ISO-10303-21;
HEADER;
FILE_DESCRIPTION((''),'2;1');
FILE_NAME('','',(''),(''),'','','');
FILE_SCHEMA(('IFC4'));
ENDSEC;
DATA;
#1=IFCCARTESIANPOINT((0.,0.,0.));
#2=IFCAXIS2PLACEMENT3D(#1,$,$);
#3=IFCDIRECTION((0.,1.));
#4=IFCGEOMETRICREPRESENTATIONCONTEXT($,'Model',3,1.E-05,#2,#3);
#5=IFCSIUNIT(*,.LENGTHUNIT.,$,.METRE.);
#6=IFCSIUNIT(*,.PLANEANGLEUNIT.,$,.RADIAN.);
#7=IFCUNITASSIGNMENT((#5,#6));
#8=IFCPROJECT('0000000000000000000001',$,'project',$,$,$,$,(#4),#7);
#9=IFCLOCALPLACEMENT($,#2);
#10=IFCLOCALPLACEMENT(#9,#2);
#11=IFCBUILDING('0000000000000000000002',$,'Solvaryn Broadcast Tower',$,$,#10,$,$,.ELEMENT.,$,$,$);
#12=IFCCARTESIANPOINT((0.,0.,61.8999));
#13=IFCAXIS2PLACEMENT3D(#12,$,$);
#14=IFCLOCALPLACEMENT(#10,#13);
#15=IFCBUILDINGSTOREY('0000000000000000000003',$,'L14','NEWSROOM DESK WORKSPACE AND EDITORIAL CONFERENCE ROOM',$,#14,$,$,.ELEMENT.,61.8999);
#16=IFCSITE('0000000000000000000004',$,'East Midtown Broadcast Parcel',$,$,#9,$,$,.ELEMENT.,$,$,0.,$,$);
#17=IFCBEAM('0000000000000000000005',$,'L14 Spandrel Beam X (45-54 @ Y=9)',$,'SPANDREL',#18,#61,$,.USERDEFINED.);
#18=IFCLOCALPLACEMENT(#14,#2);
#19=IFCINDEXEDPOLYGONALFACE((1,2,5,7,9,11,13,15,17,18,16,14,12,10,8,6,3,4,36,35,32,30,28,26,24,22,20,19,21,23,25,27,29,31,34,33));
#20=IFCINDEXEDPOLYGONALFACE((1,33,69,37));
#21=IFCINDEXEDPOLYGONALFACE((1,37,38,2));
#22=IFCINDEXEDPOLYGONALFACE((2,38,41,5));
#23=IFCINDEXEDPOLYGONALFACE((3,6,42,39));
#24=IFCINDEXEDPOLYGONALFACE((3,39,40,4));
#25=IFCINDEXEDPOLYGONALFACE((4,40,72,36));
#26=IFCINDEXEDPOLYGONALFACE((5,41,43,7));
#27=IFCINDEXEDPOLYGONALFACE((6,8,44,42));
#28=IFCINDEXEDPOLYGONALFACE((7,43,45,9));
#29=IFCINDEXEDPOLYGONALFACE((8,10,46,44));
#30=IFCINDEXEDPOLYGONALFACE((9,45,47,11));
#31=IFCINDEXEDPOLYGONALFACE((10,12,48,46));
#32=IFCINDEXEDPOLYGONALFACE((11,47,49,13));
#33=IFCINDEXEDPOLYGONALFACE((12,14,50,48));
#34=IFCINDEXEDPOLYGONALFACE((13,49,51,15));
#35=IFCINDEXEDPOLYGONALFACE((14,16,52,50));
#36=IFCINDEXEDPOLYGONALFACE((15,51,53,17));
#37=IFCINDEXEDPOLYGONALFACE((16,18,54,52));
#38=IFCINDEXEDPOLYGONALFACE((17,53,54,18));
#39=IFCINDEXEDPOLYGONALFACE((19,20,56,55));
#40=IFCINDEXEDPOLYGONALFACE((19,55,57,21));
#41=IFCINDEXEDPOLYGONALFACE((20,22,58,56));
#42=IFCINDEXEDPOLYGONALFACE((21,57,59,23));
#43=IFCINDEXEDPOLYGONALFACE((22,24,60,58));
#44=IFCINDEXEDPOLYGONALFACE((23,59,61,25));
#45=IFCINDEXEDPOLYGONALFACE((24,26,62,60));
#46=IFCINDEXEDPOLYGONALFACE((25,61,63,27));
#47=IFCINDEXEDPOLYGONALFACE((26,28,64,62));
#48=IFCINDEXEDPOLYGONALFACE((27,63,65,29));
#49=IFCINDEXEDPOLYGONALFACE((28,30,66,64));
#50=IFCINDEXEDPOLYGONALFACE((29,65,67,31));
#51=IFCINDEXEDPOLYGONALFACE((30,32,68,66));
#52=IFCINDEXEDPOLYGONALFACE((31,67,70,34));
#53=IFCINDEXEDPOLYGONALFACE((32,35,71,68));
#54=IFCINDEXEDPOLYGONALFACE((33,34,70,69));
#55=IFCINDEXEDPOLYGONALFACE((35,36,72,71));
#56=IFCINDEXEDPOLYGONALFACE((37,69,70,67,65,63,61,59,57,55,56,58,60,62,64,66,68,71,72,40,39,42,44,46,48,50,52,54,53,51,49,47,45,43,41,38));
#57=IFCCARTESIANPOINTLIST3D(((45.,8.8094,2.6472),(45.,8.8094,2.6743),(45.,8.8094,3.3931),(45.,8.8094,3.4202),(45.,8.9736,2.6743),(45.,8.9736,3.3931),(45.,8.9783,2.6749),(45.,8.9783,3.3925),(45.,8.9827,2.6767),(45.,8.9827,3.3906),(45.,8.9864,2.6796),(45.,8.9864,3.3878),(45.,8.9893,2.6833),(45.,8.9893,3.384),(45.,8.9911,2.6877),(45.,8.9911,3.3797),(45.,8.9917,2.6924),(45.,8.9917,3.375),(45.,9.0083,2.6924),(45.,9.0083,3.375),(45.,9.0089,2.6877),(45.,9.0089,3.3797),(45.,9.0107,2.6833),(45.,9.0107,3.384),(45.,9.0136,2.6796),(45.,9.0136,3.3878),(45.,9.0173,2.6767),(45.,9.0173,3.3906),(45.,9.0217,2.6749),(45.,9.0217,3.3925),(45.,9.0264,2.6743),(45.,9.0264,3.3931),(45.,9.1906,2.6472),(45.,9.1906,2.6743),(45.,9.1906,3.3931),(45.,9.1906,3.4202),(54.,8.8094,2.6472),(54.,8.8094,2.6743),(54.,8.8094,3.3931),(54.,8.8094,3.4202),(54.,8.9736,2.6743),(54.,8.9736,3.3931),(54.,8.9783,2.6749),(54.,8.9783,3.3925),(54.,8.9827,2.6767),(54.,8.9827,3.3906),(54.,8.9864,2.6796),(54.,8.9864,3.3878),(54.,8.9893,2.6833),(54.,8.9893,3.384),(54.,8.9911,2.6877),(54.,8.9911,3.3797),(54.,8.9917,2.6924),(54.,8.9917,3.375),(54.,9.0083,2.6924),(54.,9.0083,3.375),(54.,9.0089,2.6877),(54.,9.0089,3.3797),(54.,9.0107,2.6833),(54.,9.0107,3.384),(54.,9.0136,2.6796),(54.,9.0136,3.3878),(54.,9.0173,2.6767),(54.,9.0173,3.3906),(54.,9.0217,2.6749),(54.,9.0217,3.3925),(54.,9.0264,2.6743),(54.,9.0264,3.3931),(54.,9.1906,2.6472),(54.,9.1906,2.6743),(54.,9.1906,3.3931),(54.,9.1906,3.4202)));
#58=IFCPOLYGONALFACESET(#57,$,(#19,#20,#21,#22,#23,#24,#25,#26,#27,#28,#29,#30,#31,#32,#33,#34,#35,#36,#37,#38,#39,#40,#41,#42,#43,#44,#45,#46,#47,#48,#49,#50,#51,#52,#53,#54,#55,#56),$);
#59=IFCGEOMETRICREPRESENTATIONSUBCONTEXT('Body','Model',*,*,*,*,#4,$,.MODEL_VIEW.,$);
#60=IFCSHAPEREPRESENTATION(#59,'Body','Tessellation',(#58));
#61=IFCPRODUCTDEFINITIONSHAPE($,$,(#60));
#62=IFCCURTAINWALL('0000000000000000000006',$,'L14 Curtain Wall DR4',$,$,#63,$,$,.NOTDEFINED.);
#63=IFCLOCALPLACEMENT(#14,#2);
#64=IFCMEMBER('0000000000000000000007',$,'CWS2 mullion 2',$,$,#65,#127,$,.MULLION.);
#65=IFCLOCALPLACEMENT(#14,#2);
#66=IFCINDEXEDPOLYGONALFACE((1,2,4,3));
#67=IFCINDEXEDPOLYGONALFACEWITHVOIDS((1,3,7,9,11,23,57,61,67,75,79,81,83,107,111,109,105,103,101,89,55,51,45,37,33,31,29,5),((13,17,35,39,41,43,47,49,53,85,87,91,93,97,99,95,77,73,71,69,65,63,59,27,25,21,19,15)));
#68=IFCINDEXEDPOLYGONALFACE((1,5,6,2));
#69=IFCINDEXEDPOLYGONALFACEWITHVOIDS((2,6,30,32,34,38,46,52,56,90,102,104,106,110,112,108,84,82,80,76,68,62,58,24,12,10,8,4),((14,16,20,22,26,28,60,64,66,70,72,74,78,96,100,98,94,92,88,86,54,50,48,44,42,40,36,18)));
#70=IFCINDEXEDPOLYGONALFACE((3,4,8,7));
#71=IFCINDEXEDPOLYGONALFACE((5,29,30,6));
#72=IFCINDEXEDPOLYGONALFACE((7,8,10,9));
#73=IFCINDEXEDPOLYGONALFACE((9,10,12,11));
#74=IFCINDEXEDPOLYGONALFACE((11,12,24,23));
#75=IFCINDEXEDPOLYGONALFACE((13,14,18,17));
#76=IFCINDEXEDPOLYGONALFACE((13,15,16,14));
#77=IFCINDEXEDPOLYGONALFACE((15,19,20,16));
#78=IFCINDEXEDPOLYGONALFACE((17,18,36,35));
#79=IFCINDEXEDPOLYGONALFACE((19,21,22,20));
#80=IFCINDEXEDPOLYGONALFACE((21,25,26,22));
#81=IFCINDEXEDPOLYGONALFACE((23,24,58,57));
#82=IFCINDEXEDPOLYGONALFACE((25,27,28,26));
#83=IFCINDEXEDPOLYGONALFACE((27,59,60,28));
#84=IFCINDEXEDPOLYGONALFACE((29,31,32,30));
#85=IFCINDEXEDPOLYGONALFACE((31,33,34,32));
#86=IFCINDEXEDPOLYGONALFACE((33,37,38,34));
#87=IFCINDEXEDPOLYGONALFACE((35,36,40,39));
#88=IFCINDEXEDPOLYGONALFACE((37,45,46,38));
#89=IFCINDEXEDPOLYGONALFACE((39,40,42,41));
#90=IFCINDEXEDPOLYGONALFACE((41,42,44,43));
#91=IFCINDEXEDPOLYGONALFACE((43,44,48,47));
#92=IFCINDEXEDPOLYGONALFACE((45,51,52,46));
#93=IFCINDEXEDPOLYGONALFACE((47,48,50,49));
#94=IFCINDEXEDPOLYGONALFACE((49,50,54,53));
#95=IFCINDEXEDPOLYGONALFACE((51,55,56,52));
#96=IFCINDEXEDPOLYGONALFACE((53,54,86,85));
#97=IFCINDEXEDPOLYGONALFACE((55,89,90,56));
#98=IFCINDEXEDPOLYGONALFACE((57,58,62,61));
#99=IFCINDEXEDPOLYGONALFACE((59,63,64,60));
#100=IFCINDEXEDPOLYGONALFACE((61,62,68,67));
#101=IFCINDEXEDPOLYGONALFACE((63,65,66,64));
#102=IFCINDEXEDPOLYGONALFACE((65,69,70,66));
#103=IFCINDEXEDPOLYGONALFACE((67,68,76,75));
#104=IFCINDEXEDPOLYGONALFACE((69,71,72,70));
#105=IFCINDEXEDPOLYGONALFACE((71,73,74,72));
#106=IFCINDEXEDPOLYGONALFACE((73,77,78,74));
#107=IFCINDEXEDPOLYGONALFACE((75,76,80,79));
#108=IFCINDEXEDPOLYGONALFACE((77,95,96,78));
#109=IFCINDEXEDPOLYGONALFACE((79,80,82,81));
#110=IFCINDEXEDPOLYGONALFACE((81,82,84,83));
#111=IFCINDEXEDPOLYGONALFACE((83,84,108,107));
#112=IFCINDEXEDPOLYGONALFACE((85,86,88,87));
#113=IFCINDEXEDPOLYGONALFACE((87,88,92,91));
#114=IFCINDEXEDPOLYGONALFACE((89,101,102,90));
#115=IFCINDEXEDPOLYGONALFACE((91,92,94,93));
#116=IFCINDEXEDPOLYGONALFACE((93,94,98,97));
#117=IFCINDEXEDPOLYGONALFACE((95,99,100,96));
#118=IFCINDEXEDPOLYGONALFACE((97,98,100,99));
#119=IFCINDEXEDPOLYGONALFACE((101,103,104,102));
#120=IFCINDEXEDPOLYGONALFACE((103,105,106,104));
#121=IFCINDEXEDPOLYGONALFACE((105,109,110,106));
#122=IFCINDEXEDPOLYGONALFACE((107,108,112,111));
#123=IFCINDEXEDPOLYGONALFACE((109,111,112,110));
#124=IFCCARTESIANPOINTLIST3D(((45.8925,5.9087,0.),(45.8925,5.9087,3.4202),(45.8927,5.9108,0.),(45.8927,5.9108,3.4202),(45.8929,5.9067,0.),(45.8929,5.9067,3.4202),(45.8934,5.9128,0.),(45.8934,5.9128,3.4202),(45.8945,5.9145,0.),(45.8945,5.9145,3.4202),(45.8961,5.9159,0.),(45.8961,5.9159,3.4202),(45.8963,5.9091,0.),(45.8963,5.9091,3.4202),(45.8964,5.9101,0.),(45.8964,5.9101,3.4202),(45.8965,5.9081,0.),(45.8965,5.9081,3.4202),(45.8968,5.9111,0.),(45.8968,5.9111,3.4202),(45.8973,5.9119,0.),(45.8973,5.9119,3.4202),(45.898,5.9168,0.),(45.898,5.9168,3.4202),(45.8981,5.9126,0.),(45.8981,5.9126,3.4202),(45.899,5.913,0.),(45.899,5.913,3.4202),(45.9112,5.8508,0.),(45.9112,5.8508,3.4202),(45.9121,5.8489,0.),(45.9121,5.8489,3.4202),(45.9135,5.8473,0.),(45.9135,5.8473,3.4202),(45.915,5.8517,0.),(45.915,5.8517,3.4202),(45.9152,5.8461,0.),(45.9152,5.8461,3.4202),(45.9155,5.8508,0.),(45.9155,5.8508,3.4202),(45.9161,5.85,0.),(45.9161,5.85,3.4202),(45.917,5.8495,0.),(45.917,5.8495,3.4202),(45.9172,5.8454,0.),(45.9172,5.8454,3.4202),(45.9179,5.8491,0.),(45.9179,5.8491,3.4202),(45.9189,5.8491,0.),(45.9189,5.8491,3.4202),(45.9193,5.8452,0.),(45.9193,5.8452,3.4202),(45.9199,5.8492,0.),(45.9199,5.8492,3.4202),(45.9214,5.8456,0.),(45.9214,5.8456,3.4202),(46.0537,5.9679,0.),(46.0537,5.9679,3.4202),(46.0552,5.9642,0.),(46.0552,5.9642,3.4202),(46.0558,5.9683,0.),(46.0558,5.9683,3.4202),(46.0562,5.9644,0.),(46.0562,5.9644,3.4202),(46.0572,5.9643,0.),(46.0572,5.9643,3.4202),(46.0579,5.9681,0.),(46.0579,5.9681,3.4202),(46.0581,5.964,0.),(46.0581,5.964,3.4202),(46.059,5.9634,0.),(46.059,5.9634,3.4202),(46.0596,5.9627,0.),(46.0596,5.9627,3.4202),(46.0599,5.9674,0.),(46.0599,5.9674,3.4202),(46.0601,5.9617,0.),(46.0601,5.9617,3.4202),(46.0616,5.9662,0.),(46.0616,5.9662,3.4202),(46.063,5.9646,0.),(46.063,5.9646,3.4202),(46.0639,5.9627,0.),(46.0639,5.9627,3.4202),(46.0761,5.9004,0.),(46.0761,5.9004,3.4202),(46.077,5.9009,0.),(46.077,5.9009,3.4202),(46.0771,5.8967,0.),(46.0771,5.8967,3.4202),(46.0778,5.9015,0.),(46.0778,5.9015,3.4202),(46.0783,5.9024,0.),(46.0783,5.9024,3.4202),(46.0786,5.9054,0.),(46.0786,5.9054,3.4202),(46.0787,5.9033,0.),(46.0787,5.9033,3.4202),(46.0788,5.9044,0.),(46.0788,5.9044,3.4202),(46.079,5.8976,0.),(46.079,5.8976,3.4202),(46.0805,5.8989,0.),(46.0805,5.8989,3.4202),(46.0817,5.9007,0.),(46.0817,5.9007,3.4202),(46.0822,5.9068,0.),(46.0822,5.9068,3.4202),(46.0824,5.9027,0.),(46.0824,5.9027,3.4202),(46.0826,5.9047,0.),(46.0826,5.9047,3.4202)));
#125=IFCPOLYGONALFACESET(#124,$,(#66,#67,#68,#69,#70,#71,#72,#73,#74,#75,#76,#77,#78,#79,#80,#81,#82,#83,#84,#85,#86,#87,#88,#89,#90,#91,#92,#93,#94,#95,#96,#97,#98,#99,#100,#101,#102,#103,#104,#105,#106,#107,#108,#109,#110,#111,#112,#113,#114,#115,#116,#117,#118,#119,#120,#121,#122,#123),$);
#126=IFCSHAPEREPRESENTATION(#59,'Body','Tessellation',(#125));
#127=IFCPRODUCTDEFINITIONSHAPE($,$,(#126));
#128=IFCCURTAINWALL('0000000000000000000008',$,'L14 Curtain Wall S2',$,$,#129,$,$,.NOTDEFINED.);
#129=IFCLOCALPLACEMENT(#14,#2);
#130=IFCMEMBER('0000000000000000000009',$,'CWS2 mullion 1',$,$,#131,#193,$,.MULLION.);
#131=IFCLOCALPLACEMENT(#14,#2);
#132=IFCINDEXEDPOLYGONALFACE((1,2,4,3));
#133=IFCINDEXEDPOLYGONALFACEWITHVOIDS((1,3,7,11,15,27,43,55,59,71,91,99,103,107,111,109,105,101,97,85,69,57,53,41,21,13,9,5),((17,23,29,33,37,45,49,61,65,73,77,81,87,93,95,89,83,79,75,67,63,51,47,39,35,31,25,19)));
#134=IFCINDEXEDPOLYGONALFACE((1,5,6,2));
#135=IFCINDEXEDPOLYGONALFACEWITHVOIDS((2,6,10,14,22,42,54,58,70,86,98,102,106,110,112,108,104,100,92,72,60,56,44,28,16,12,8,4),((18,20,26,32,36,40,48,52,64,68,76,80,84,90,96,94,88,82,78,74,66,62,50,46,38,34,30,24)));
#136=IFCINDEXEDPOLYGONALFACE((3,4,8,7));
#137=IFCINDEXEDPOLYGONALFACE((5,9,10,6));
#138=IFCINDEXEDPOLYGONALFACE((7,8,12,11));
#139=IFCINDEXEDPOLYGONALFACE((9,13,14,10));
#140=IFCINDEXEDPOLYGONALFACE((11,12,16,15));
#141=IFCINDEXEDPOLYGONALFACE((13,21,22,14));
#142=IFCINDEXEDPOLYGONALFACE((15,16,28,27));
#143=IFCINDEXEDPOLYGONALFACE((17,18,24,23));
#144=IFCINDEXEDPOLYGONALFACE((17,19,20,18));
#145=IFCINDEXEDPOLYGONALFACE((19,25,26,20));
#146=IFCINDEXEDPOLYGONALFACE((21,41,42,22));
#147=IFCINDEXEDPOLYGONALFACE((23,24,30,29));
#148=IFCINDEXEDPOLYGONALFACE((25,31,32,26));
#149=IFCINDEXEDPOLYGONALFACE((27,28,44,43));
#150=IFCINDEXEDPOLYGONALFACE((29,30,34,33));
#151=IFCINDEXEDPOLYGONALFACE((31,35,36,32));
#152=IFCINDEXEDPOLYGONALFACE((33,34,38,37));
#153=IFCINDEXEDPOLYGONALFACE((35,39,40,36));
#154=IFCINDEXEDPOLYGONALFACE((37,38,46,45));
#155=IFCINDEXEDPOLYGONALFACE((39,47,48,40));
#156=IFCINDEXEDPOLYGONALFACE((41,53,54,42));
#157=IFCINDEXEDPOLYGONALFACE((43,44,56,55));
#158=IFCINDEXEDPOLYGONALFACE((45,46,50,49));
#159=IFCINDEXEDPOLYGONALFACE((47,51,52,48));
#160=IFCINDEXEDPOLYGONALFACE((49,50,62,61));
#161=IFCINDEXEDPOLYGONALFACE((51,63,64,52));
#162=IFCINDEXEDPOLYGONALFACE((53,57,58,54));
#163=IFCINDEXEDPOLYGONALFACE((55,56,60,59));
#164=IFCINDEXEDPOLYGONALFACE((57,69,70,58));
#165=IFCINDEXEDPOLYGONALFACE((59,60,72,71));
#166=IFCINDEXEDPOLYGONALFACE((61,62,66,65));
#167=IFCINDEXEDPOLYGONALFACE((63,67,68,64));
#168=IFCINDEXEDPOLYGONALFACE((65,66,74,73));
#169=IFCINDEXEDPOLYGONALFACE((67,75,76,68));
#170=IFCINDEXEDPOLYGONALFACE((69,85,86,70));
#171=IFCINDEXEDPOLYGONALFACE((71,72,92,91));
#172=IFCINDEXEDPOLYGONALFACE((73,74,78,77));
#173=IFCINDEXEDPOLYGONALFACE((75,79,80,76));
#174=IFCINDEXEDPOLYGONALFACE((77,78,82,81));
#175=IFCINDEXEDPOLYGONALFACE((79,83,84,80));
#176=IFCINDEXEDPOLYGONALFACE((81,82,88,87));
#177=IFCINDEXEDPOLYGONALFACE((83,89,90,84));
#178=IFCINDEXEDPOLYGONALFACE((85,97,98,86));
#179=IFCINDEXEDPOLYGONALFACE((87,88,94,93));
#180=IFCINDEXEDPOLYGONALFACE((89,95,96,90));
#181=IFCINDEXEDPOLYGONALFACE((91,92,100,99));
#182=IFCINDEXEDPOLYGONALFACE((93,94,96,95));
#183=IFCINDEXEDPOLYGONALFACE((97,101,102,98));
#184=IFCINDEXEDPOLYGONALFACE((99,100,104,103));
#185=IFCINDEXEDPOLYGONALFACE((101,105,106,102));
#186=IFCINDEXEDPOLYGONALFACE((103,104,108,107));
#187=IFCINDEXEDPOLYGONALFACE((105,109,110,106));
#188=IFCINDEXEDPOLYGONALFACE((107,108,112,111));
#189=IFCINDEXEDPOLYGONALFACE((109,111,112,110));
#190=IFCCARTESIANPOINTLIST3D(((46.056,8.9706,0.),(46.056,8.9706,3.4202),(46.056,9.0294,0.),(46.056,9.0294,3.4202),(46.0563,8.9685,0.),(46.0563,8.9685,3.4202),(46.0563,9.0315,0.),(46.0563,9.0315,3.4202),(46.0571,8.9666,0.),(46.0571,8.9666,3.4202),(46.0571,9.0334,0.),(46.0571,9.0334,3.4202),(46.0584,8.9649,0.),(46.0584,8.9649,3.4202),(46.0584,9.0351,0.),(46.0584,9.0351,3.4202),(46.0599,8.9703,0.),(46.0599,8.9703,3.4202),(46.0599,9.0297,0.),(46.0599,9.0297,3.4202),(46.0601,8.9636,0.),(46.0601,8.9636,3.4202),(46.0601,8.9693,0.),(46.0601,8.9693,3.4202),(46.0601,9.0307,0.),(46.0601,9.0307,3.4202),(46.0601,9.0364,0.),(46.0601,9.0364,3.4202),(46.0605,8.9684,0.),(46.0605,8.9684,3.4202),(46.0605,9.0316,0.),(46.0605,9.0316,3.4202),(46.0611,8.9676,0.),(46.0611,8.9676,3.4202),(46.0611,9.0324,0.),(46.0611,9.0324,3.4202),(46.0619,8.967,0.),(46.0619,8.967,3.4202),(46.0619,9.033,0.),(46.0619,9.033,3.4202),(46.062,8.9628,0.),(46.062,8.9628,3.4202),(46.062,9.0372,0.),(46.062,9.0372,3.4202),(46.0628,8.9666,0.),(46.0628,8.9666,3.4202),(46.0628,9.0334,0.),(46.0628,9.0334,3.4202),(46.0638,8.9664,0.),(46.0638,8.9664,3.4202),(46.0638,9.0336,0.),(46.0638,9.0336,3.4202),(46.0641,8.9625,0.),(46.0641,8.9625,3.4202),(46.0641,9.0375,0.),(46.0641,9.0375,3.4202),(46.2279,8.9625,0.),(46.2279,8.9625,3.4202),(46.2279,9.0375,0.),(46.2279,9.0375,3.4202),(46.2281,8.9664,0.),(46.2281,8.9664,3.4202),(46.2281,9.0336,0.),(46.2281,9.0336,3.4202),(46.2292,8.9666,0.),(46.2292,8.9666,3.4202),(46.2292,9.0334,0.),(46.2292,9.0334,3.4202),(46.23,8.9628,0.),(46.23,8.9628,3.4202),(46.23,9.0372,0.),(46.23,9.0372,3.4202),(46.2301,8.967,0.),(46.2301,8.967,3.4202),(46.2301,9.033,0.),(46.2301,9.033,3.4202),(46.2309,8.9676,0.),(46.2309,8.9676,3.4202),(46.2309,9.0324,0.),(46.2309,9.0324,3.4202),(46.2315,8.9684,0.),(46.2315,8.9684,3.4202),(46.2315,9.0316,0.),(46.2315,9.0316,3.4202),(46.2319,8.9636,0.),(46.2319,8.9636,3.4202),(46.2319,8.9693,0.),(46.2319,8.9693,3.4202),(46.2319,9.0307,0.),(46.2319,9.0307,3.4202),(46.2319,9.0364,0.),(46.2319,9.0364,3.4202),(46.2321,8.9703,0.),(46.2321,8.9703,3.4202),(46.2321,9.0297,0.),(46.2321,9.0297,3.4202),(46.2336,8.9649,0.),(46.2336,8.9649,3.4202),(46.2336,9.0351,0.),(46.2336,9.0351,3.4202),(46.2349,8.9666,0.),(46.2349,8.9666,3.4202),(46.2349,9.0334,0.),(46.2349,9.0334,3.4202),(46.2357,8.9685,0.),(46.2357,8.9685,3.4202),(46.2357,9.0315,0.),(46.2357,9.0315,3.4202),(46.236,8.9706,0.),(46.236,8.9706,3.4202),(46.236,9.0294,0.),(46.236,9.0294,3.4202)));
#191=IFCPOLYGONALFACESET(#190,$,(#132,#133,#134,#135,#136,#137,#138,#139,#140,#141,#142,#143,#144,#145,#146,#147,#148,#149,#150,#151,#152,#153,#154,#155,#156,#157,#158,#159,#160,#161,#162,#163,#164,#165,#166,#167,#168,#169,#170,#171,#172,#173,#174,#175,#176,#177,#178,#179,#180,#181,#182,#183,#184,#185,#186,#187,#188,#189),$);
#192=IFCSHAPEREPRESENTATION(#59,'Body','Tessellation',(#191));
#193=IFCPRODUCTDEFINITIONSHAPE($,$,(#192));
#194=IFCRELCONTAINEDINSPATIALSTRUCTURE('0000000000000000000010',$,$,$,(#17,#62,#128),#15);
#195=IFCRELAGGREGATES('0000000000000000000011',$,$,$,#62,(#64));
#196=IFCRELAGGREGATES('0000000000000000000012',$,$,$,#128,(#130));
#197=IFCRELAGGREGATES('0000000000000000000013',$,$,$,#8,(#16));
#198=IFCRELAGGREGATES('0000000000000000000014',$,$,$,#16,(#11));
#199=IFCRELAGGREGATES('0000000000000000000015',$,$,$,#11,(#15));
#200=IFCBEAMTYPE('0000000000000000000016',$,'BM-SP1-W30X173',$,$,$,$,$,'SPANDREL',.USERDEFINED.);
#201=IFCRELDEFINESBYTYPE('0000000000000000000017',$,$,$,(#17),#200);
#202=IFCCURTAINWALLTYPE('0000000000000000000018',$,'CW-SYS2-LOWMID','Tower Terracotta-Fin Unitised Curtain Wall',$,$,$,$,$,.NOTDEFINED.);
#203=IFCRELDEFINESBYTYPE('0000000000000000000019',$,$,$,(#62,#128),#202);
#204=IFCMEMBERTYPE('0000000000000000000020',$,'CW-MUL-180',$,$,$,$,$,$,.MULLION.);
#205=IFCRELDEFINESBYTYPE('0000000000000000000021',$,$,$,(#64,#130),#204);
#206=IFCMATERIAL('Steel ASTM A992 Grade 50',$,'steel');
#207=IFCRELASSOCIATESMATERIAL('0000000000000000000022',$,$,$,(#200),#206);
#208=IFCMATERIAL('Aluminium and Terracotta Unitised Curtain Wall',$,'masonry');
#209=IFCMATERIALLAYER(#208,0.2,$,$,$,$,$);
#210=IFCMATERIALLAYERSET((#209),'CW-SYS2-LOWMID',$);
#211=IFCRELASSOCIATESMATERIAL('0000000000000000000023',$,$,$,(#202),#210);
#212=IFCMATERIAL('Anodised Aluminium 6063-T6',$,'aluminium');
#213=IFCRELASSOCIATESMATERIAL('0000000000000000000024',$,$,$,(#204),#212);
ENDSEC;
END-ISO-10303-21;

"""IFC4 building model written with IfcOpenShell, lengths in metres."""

from ifc_helpers import new_model, si_unit, direction, frame, origin, origin_2d, place, context, subcontext, project, spatial, hollow_rectangle, i_section, extrude, material, layer, layer_set, material_profile, profile_set, type_object, element, aggregate, save


model = new_model("IFC4")

# Units and contexts
model_context = context("Model", 3, precision=1e-05, world=origin(), true_north=direction((0.0, 1.0)))
body_context = subcontext(model_context, "Body", "Model", "MODEL_VIEW")
ifc_project = project(units=[si_unit("LENGTHUNIT", "METRE"), si_unit("PLANEANGLEUNIT", "RADIAN")], contexts=[model_context])

# Site, building, storey
site_placement = place(None, origin())
site = spatial("IfcSite", under=ifc_project, at=site_placement, Name="East Midtown Broadcast Parcel", CompositionType="ELEMENT", RefElevation=0.0)
building_placement = place(site_placement, origin())
building = spatial("IfcBuilding", under=site, at=building_placement, Name="Solvaryn Broadcast Tower", CompositionType="ELEMENT")
storey_placement = place(building_placement, frame((0.0, 0.0, 61.8999)))
storey = spatial("IfcBuildingStorey", under=building, at=storey_placement, Name="L14", Description="NEWSROOM DESK WORKSPACE AND EDITORIAL CONFERENCE ROOM", CompositionType="ELEMENT", Elevation=61.8999)

# Beam
ifc_material_1 = material(Name="Steel ASTM A992 Grade 50", Category="steel")
ifc_material_profile_1 = material_profile(ifc_material_1, i_section(OverallWidth=0.3811, OverallDepth=0.7729, WebThickness=0.0166, FlangeThickness=0.0271, FilletRadius=0.0181, at=origin_2d()))
ifc_profile_set_1 = profile_set([ifc_material_profile_1], Name="Steel ASTM A992 Grade 50")
beam_type_1 = type_object("IfcBeamType", Name="BM-SP1-W30X173", ElementType="SPANDREL", PredefinedType="USERDEFINED", material=ifc_profile_set_1)
beam_1_placement = place(storey_placement, frame((45.0, 9.0, 3.0337), z_axis=(1.0, 0.0, 0.0), x_axis=(0.0, 1.0, 0.0)))
element("IfcBeam", 1, at=beam_1_placement, inside=storey, type_object=beam_type_1, Name="L14 Spandrel Beam X (45-54 @ Y=9)", ObjectType="SPANDREL", PredefinedType="USERDEFINED", context=body_context, shape_type="SweptSolid", body=[
    extrude(i_section(OverallWidth=0.3811, OverallDepth=0.7729, WebThickness=0.0166, FlangeThickness=0.0271, FilletRadius=0.0181, at=origin_2d()), origin(), (0.0, 0.0, 1.0), 9.0),
])

# Curtain wall, member
ifc_material_2 = material(Name="Aluminium and Terracotta Unitised Curtain Wall", Category="masonry")
ifc_layer_1 = layer(ifc_material_2, 0.2)
ifc_layer_set_1 = layer_set([ifc_layer_1], Name="CW-SYS2-LOWMID")
curtain_wall_type = type_object("IfcCurtainWallType", Name="CW-SYS2-LOWMID", Description="Tower Terracotta-Fin Unitised Curtain Wall", PredefinedType="NOTDEFINED", material=ifc_layer_set_1)
curtain_wall_1_placement = place(storey_placement, origin())
curtain_wall_1 = element("IfcCurtainWall", 2, at=curtain_wall_1_placement, inside=storey, type_object=curtain_wall_type, Name="L14 Curtain Wall DR4", PredefinedType="NOTDEFINED")
ifc_material_3 = material(Name="Anodised Aluminium 6063-T6", Category="aluminium")
ifc_material_profile_2 = material_profile(ifc_material_3, hollow_rectangle(XDim=0.075, YDim=0.1799, WallThickness=0.0039, InnerFilletRadius=0.0039, OuterFilletRadius=0.0081, at=origin_2d()))
ifc_profile_set_2 = profile_set([ifc_material_profile_2], Name="Anodised Aluminium 6063-T6")
member_type_1 = type_object("IfcMemberType", Name="CW-MUL-180", PredefinedType="MULLION", material=ifc_profile_set_2)
member_1_placement = place(storey_placement, frame((45.9875, 5.9067, 0.0), z_axis=(0.0, 0.0, 1.0), x_axis=(-0.311594, 0.950215, 0.0)))
member_1 = element("IfcMember", 3, at=member_1_placement, type_object=member_type_1, Name="CWS2 mullion 2", PredefinedType="MULLION", context=body_context, shape_type="SweptSolid", body=[
    extrude(hollow_rectangle(XDim=0.075, YDim=0.1799, WallThickness=0.0039, InnerFilletRadius=0.0039, OuterFilletRadius=0.0081, at=origin_2d()), origin(), (0.0, 0.0, 1.0), 3.4202),
])
aggregate(curtain_wall_1, [member_1])

# Curtain wall, member
curtain_wall_2_placement = place(storey_placement, origin())
curtain_wall_2 = element("IfcCurtainWall", 4, at=curtain_wall_2_placement, inside=storey, type_object=curtain_wall_type, Name="L14 Curtain Wall S2", PredefinedType="NOTDEFINED")
member_2_placement = place(storey_placement, frame((46.146, 9.0, 0.0), z_axis=(0.0, 0.0, 1.0), x_axis=(0.0, 1.0, 0.0)))
member_2 = element("IfcMember", 5, at=member_2_placement, type_object=member_type_1, Name="CWS2 mullion 1", PredefinedType="MULLION", context=body_context, shape_type="SweptSolid", body=[
    extrude(hollow_rectangle(XDim=0.075, YDim=0.1799, WallThickness=0.0039, InnerFilletRadius=0.0039, OuterFilletRadius=0.0081, at=origin_2d()), origin(), (0.0, 0.0, 1.0), 3.4202),
])
aggregate(curtain_wall_2, [member_2])

save(model, "model.ifc")
